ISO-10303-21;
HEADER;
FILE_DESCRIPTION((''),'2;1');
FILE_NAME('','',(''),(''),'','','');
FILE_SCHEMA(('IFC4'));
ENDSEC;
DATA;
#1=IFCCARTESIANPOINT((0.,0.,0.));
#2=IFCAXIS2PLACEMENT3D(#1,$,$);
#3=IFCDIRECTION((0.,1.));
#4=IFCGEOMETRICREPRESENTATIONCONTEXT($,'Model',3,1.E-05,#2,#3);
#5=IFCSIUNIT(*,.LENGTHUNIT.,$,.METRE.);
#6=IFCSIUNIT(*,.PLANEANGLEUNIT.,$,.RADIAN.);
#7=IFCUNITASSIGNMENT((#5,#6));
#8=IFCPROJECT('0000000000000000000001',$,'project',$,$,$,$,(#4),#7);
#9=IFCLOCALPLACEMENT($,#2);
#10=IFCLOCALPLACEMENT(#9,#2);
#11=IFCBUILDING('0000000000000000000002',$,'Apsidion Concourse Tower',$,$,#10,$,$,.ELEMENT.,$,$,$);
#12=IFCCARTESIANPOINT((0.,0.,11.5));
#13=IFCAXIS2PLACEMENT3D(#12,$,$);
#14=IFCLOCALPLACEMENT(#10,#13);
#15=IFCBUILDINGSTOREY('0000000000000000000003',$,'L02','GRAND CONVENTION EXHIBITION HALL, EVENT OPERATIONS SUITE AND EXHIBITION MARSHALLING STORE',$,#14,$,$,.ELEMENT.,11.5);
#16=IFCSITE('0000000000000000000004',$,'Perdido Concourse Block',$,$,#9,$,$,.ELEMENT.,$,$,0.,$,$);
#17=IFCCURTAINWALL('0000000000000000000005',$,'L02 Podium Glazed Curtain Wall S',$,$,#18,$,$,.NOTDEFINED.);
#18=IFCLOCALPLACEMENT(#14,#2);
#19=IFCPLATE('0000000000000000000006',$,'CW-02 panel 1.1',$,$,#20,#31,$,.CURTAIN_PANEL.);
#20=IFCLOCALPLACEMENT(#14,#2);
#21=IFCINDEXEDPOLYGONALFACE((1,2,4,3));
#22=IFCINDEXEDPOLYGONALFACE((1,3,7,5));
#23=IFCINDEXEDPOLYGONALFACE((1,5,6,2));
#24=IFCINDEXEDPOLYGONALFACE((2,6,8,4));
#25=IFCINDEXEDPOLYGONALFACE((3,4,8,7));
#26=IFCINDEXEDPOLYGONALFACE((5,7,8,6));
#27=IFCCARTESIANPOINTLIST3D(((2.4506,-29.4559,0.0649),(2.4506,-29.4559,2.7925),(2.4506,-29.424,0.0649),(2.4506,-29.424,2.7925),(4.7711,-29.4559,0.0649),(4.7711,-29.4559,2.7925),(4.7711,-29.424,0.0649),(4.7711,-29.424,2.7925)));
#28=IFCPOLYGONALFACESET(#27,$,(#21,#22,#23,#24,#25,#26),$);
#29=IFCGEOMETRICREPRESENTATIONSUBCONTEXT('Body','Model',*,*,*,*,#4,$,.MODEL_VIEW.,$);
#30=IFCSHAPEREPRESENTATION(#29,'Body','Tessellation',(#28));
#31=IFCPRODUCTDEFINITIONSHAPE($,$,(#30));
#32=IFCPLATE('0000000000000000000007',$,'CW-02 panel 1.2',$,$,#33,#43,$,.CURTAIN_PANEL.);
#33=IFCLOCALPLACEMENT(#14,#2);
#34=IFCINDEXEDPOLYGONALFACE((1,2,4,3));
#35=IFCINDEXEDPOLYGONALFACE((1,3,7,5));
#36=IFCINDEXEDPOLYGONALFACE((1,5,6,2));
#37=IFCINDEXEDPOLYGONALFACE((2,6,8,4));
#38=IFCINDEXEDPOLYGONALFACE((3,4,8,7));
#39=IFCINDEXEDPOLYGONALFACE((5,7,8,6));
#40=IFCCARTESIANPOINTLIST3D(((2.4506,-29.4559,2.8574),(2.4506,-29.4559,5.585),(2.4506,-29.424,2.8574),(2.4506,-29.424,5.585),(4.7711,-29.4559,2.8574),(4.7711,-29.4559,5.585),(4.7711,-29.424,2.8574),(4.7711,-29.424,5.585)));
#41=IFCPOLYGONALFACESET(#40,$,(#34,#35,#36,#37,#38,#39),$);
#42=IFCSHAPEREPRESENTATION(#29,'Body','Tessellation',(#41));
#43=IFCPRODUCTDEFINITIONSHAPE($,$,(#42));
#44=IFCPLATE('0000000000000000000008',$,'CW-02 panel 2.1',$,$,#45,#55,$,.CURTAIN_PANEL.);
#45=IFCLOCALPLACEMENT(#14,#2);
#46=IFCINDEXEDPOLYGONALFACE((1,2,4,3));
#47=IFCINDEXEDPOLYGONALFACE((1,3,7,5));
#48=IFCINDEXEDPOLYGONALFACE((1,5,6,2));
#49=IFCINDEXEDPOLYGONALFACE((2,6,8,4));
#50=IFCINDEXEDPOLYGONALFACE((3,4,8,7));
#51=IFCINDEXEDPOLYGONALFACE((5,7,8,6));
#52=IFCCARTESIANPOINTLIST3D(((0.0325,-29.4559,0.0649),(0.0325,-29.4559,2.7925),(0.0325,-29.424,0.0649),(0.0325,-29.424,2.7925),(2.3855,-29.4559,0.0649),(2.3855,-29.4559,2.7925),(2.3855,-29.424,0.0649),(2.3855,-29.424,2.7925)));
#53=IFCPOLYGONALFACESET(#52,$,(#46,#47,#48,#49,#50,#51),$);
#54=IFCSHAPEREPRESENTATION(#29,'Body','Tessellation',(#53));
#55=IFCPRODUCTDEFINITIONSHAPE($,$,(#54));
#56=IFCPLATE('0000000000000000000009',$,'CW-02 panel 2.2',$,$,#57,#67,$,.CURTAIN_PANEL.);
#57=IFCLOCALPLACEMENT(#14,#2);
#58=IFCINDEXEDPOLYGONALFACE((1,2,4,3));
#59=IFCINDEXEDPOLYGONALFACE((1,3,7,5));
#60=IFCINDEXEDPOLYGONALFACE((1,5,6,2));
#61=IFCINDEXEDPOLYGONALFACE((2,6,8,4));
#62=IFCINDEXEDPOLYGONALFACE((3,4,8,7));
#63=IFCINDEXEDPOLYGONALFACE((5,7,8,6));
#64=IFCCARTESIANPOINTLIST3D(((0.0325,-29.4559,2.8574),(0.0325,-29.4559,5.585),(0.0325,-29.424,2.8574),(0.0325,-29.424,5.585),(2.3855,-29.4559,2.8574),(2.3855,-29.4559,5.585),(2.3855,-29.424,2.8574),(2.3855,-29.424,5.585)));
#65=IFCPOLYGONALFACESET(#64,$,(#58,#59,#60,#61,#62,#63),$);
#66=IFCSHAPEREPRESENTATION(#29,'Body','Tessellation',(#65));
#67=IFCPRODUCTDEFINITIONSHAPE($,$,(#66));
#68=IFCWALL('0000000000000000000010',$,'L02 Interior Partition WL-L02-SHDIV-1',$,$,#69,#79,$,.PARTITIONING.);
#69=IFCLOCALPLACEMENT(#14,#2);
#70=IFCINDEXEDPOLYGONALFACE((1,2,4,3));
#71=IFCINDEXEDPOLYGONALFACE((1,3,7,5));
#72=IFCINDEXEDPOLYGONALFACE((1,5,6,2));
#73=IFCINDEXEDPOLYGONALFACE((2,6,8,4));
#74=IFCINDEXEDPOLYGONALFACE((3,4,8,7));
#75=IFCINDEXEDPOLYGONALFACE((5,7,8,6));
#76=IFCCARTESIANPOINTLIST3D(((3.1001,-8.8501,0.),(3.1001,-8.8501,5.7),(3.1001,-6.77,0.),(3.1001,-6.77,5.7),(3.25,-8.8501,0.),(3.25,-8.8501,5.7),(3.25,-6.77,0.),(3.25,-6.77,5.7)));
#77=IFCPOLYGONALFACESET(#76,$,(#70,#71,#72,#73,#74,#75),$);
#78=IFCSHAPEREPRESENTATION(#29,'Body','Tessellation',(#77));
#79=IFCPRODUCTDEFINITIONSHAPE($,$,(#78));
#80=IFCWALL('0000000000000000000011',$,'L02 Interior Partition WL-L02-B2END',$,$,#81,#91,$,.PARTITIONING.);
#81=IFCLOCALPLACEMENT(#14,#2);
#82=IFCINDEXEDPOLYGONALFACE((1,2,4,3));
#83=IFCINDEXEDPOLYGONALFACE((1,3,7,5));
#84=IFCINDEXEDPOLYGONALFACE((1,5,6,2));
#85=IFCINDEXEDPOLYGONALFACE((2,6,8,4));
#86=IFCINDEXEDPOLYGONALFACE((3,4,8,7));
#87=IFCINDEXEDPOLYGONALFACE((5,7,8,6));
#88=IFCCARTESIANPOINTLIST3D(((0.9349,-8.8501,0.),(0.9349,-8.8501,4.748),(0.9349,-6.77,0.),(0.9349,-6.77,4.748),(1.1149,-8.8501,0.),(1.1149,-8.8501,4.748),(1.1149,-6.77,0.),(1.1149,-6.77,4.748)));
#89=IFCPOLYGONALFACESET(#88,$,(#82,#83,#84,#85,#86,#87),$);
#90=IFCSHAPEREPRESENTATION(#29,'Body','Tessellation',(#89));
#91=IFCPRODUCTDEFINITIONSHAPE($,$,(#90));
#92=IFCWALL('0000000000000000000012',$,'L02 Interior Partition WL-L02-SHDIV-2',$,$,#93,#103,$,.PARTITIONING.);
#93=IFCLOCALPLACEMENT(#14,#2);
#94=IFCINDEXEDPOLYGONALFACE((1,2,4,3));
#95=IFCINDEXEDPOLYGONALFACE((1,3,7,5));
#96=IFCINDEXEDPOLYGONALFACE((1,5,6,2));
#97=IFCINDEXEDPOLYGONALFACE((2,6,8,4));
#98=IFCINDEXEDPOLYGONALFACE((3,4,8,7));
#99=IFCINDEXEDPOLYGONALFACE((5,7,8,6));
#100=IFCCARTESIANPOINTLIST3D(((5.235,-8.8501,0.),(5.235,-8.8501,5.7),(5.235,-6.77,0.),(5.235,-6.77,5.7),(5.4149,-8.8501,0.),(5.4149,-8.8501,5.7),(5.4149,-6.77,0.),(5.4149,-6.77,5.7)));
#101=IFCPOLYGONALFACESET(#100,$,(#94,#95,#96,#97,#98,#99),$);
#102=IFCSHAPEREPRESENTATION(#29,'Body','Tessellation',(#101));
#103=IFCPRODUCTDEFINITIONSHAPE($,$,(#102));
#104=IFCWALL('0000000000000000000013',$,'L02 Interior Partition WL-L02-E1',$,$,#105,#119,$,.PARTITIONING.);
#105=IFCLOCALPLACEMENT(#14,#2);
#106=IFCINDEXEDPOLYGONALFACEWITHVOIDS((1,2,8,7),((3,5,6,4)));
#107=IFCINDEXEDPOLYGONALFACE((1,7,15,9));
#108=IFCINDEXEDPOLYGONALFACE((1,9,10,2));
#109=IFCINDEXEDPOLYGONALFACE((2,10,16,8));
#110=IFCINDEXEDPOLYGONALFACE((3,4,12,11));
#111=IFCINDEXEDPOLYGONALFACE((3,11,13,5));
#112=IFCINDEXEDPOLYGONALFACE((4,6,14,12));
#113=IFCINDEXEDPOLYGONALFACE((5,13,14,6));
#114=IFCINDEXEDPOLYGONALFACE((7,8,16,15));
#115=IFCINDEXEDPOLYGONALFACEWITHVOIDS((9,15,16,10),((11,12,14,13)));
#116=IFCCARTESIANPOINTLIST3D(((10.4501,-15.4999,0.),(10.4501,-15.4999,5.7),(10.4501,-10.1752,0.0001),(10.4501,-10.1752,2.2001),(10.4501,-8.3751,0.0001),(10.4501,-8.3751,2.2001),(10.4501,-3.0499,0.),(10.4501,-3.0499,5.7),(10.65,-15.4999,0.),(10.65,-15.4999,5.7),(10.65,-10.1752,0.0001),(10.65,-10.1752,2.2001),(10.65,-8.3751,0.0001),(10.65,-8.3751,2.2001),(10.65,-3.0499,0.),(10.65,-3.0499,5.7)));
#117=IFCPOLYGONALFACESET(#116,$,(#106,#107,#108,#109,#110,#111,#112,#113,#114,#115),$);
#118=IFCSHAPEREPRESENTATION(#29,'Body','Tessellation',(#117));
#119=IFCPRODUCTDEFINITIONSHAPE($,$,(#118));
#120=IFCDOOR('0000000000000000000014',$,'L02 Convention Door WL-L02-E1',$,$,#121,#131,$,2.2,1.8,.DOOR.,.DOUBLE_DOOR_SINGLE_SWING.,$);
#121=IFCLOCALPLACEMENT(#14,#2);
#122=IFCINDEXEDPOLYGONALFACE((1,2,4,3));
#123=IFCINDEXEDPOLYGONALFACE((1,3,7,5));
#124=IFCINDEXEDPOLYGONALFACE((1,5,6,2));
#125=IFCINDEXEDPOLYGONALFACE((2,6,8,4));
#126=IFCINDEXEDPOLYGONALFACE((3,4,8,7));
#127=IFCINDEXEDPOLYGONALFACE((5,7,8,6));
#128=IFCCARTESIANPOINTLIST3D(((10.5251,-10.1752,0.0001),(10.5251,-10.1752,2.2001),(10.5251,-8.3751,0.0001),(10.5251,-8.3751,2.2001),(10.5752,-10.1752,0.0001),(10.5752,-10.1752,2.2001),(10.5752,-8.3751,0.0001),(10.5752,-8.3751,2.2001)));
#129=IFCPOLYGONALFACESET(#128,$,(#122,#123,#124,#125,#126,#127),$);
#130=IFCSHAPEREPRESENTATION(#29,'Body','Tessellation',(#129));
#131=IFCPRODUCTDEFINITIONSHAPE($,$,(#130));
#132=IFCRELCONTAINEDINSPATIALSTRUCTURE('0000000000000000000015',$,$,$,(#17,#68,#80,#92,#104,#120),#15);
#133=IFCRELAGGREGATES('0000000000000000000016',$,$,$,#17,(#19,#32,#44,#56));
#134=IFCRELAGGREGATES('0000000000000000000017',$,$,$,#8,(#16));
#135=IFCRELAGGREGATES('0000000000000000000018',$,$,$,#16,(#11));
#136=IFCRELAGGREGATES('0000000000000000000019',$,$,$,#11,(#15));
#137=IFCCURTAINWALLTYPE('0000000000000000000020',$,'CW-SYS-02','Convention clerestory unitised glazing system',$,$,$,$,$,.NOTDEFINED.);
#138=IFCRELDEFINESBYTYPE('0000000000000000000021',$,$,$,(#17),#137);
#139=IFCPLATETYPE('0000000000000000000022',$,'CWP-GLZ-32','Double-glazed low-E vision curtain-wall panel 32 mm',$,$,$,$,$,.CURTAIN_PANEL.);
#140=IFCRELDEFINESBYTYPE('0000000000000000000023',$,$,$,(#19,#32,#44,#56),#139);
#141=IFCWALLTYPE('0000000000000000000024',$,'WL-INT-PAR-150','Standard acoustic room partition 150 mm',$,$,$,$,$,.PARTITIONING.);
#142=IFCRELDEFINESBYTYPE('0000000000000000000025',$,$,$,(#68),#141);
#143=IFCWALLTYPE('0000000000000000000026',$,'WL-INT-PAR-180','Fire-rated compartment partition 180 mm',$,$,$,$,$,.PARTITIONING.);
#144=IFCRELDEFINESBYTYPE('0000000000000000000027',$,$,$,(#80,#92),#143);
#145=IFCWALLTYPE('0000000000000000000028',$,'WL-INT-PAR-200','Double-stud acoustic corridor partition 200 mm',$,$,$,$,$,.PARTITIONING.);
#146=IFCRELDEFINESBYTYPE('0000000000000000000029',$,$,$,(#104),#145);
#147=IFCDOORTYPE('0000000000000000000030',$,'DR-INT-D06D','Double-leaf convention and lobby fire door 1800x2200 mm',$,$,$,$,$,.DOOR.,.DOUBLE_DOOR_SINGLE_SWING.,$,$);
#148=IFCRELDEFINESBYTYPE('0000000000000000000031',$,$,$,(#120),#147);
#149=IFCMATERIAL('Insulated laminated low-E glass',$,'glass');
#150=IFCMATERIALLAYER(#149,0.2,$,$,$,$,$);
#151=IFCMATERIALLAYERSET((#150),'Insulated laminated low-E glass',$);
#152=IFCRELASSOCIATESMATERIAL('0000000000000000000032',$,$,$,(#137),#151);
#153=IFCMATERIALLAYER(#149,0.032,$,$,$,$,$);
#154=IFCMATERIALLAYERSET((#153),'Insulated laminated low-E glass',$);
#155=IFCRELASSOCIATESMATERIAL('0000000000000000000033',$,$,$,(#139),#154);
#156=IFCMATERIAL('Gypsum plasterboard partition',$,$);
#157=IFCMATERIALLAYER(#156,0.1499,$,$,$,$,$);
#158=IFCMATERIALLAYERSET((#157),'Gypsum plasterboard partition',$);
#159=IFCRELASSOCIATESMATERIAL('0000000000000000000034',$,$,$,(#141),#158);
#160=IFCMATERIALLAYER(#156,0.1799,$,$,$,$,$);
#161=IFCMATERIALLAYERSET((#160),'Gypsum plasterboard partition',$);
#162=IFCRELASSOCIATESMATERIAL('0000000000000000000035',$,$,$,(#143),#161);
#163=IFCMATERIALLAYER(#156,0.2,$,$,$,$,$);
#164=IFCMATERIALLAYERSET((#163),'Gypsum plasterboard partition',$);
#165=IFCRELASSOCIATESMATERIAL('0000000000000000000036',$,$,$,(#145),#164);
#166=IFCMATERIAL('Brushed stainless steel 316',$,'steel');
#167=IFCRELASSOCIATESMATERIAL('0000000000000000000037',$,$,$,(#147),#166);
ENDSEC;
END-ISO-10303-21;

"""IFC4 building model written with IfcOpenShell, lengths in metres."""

from ifc_helpers import new_model, si_unit, direction, frame, frame_2d, origin, origin_2d, place, context, subcontext, project, spatial, rectangle, extrude, material, layer, layer_set, type_object, element, fill, aggregate, save


model = new_model("IFC4")

# Units and contexts
model_context = context("Model", 3, precision=1e-05, world=origin(), true_north=direction((0.0, 1.0)))
body_context = subcontext(model_context, "Body", "Model", "MODEL_VIEW")
ifc_project = project(units=[si_unit("LENGTHUNIT", "METRE"), si_unit("PLANEANGLEUNIT", "RADIAN")], contexts=[model_context])

# Site, building, storey
site_placement = place(None, origin())
site = spatial("IfcSite", under=ifc_project, at=site_placement, Name="Perdido Concourse Block", CompositionType="ELEMENT", RefElevation=0.0)
building_placement = place(site_placement, origin())
building = spatial("IfcBuilding", under=site, at=building_placement, Name="Apsidion Concourse Tower", CompositionType="ELEMENT")
storey_placement = place(building_placement, frame((0.0, 0.0, 11.5)))
storey = spatial("IfcBuildingStorey", under=building, at=storey_placement, Name="L02", Description="GRAND CONVENTION EXHIBITION HALL, EVENT OPERATIONS SUITE AND EXHIBITION MARSHALLING STORE", CompositionType="ELEMENT", Elevation=11.5)

# Curtain wall, plates
ifc_material_1 = material(Name="Insulated laminated low-E glass", Category="glass")
ifc_layer_1 = layer(ifc_material_1, 0.2)
ifc_layer_set_1 = layer_set([ifc_layer_1], Name="Insulated laminated low-E glass")
curtain_wall_type = type_object("IfcCurtainWallType", Name="CW-SYS-02", Description="Convention clerestory unitised glazing system", PredefinedType="NOTDEFINED", material=ifc_layer_set_1)
curtain_wall_placement = place(storey_placement, origin())
curtain_wall = element("IfcCurtainWall", 1, at=curtain_wall_placement, inside=storey, type_object=curtain_wall_type, Name="L02 Podium Glazed Curtain Wall S", PredefinedType="NOTDEFINED")
ifc_layer_2 = layer(ifc_material_1, 0.032)
ifc_layer_set_2 = layer_set([ifc_layer_2], Name="Insulated laminated low-E glass")
plate_type = type_object("IfcPlateType", Name="CWP-GLZ-32", Description="Double-glazed low-E vision curtain-wall panel 32 mm", PredefinedType="CURTAIN_PANEL", material=ifc_layer_set_2)
plate_1_placement = place(storey_placement, frame((3.6108, -29.4399, 0.0649), z_axis=(0.0, 0.0, 1.0), x_axis=(-1.0, 0.0, 0.0)))
plate_1 = element("IfcPlate", 2, at=plate_1_placement, type_object=plate_type, Name="CW-02 panel 1.1", PredefinedType="CURTAIN_PANEL", context=body_context, shape_type="SweptSolid", body=[
    extrude(rectangle(XDim=2.3206, YDim=0.032, at=origin_2d()), origin(), (0.0, 0.0, 1.0), 2.7275),
])
plate_2_placement = place(storey_placement, frame((3.6108, -29.4399, 2.8574), z_axis=(0.0, 0.0, 1.0), x_axis=(-1.0, 0.0, 0.0)))
plate_2 = element("IfcPlate", 3, at=plate_2_placement, type_object=plate_type, Name="CW-02 panel 1.2", PredefinedType="CURTAIN_PANEL", context=body_context, shape_type="SweptSolid", body=[
    extrude(rectangle(XDim=2.3206, YDim=0.032, at=origin_2d()), origin(), (0.0, 0.0, 1.0), 2.7275),
])
plate_3_placement = place(storey_placement, frame((1.209, -29.4399, 0.0649), z_axis=(0.0, 0.0, 1.0), x_axis=(-1.0, 0.0, 0.0)))
plate_3 = element("IfcPlate", 4, at=plate_3_placement, type_object=plate_type, Name="CW-02 panel 2.1", PredefinedType="CURTAIN_PANEL", context=body_context, shape_type="SweptSolid", body=[
    extrude(rectangle(XDim=2.353, YDim=0.032, at=origin_2d()), origin(), (0.0, 0.0, 1.0), 2.7275),
])
plate_4_placement = place(storey_placement, frame((1.209, -29.4399, 2.8574), z_axis=(0.0, 0.0, 1.0), x_axis=(-1.0, 0.0, 0.0)))
plate_4 = element("IfcPlate", 5, at=plate_4_placement, type_object=plate_type, Name="CW-02 panel 2.2", PredefinedType="CURTAIN_PANEL", context=body_context, shape_type="SweptSolid", body=[
    extrude(rectangle(XDim=2.353, YDim=0.032, at=origin_2d()), origin(), (0.0, 0.0, 1.0), 2.7275),
])
aggregate(curtain_wall, [plate_1, plate_2, plate_3, plate_4])

# Walls
ifc_material_2 = material(Name="Gypsum plasterboard partition")
ifc_layer_3 = layer(ifc_material_2, 0.1499)
ifc_layer_set_3 = layer_set([ifc_layer_3], Name="Gypsum plasterboard partition")
wall_type_1 = type_object("IfcWallType", Name="WL-INT-PAR-150", Description="Standard acoustic room partition 150 mm", PredefinedType="PARTITIONING", material=ifc_layer_set_3)
wall_1_placement = place(storey_placement, frame((3.175, -8.8501, 0.0), z_axis=(0.0, 0.0, 1.0), x_axis=(0.0, 1.0, 0.0)))
element("IfcWall", 6, at=wall_1_placement, inside=storey, type_object=wall_type_1, Name="L02 Interior Partition WL-L02-SHDIV-1", PredefinedType="PARTITIONING", context=body_context, shape_type="SweptSolid", body=[
    extrude(rectangle(XDim=2.0801, YDim=0.1499, at=frame_2d((1.04, 0.0))), origin(), (0.0, 0.0, 1.0), 5.7),
])
ifc_layer_4 = layer(ifc_material_2, 0.1799)
ifc_layer_set_4 = layer_set([ifc_layer_4], Name="Gypsum plasterboard partition")
wall_type_2 = type_object("IfcWallType", Name="WL-INT-PAR-180", Description="Fire-rated compartment partition 180 mm", PredefinedType="PARTITIONING", material=ifc_layer_set_4)
wall_2_placement = place(storey_placement, frame((1.0249, -8.8501, 0.0), z_axis=(0.0, 0.0, 1.0), x_axis=(0.0, 1.0, 0.0)))
element("IfcWall", 7, at=wall_2_placement, inside=storey, type_object=wall_type_2, Name="L02 Interior Partition WL-L02-B2END", PredefinedType="PARTITIONING", context=body_context, shape_type="SweptSolid", body=[
    extrude(rectangle(XDim=2.0801, YDim=0.1799, at=frame_2d((1.04, 0.0))), origin(), (0.0, 0.0, 1.0), 4.748),
])
wall_3_placement = place(storey_placement, frame((5.325, -8.8501, 0.0), z_axis=(0.0, 0.0, 1.0), x_axis=(0.0, 1.0, 0.0)))
element("IfcWall", 8, at=wall_3_placement, inside=storey, type_object=wall_type_2, Name="L02 Interior Partition WL-L02-SHDIV-2", PredefinedType="PARTITIONING", context=body_context, shape_type="SweptSolid", body=[
    extrude(rectangle(XDim=2.0801, YDim=0.1799, at=frame_2d((1.04, 0.0))), origin(), (0.0, 0.0, 1.0), 5.7),
])

# Wall, opening, door
ifc_layer_5 = layer(ifc_material_2, 0.2)
ifc_layer_set_5 = layer_set([ifc_layer_5], Name="Gypsum plasterboard partition")
wall_type_3 = type_object("IfcWallType", Name="WL-INT-PAR-200", Description="Double-stud acoustic corridor partition 200 mm", PredefinedType="PARTITIONING", material=ifc_layer_set_5)
wall_4_placement = place(storey_placement, frame((10.55, -15.5, 0.0), z_axis=(0.0, 0.0, 1.0), x_axis=(0.0, 1.0, 0.0)))
wall_4 = element("IfcWall", 9, at=wall_4_placement, inside=storey, type_object=wall_type_3, Name="L02 Interior Partition WL-L02-E1", PredefinedType="PARTITIONING", context=body_context, shape_type="SweptSolid", body=[
    extrude(rectangle(XDim=12.45, YDim=0.2, at=frame_2d((6.2251, 0.0))), origin(), (0.0, 0.0, 1.0), 5.7),
])
opening_1_placement = place(wall_4_placement, frame((5.325, 0.0, 0.0)))
opening_1 = element("IfcOpeningElement", 10, at=opening_1_placement, cuts=wall_4, PredefinedType="OPENING", context=body_context, shape_type="SweptSolid", body=[
    extrude(rectangle(XDim=1.8, YDim=2.2, at=frame_2d((0.8999, 1.1001))), frame((0.0, 0.1099, 0.0), z_axis=(0.0, -1.0, 0.0), x_axis=(1.0, 0.0, 0.0)), (0.0, 0.0, 1.0), 0.22),
])
ifc_material_3 = material(Name="Brushed stainless steel 316", Category="steel")
door_type_1 = type_object("IfcDoorType", Name="DR-INT-D06D", Description="Double-leaf convention and lobby fire door 1800x2200 mm", OperationType="DOUBLE_DOOR_SINGLE_SWING", PredefinedType="DOOR", material=ifc_material_3)
door_1_placement = place(opening_1_placement, origin())
door_1 = element("IfcDoor", 11, at=door_1_placement, inside=storey, type_object=door_type_1, Name="L02 Convention Door WL-L02-E1", OperationType="DOUBLE_DOOR_SINGLE_SWING", OverallHeight=2.2, OverallWidth=1.8, PredefinedType="DOOR", context=body_context, shape_type="SweptSolid", body=[
    extrude(rectangle(XDim=1.8, YDim=2.2, at=frame_2d((0.8999, 1.1001))), frame((0.0, 0.0249, 0.0), z_axis=(0.0, -1.0, 0.0), x_axis=(1.0, 0.0, 0.0)), (0.0, 0.0, 1.0), 0.05),
])
fill(opening_1, door_1)

save(model, "model.ifc")
